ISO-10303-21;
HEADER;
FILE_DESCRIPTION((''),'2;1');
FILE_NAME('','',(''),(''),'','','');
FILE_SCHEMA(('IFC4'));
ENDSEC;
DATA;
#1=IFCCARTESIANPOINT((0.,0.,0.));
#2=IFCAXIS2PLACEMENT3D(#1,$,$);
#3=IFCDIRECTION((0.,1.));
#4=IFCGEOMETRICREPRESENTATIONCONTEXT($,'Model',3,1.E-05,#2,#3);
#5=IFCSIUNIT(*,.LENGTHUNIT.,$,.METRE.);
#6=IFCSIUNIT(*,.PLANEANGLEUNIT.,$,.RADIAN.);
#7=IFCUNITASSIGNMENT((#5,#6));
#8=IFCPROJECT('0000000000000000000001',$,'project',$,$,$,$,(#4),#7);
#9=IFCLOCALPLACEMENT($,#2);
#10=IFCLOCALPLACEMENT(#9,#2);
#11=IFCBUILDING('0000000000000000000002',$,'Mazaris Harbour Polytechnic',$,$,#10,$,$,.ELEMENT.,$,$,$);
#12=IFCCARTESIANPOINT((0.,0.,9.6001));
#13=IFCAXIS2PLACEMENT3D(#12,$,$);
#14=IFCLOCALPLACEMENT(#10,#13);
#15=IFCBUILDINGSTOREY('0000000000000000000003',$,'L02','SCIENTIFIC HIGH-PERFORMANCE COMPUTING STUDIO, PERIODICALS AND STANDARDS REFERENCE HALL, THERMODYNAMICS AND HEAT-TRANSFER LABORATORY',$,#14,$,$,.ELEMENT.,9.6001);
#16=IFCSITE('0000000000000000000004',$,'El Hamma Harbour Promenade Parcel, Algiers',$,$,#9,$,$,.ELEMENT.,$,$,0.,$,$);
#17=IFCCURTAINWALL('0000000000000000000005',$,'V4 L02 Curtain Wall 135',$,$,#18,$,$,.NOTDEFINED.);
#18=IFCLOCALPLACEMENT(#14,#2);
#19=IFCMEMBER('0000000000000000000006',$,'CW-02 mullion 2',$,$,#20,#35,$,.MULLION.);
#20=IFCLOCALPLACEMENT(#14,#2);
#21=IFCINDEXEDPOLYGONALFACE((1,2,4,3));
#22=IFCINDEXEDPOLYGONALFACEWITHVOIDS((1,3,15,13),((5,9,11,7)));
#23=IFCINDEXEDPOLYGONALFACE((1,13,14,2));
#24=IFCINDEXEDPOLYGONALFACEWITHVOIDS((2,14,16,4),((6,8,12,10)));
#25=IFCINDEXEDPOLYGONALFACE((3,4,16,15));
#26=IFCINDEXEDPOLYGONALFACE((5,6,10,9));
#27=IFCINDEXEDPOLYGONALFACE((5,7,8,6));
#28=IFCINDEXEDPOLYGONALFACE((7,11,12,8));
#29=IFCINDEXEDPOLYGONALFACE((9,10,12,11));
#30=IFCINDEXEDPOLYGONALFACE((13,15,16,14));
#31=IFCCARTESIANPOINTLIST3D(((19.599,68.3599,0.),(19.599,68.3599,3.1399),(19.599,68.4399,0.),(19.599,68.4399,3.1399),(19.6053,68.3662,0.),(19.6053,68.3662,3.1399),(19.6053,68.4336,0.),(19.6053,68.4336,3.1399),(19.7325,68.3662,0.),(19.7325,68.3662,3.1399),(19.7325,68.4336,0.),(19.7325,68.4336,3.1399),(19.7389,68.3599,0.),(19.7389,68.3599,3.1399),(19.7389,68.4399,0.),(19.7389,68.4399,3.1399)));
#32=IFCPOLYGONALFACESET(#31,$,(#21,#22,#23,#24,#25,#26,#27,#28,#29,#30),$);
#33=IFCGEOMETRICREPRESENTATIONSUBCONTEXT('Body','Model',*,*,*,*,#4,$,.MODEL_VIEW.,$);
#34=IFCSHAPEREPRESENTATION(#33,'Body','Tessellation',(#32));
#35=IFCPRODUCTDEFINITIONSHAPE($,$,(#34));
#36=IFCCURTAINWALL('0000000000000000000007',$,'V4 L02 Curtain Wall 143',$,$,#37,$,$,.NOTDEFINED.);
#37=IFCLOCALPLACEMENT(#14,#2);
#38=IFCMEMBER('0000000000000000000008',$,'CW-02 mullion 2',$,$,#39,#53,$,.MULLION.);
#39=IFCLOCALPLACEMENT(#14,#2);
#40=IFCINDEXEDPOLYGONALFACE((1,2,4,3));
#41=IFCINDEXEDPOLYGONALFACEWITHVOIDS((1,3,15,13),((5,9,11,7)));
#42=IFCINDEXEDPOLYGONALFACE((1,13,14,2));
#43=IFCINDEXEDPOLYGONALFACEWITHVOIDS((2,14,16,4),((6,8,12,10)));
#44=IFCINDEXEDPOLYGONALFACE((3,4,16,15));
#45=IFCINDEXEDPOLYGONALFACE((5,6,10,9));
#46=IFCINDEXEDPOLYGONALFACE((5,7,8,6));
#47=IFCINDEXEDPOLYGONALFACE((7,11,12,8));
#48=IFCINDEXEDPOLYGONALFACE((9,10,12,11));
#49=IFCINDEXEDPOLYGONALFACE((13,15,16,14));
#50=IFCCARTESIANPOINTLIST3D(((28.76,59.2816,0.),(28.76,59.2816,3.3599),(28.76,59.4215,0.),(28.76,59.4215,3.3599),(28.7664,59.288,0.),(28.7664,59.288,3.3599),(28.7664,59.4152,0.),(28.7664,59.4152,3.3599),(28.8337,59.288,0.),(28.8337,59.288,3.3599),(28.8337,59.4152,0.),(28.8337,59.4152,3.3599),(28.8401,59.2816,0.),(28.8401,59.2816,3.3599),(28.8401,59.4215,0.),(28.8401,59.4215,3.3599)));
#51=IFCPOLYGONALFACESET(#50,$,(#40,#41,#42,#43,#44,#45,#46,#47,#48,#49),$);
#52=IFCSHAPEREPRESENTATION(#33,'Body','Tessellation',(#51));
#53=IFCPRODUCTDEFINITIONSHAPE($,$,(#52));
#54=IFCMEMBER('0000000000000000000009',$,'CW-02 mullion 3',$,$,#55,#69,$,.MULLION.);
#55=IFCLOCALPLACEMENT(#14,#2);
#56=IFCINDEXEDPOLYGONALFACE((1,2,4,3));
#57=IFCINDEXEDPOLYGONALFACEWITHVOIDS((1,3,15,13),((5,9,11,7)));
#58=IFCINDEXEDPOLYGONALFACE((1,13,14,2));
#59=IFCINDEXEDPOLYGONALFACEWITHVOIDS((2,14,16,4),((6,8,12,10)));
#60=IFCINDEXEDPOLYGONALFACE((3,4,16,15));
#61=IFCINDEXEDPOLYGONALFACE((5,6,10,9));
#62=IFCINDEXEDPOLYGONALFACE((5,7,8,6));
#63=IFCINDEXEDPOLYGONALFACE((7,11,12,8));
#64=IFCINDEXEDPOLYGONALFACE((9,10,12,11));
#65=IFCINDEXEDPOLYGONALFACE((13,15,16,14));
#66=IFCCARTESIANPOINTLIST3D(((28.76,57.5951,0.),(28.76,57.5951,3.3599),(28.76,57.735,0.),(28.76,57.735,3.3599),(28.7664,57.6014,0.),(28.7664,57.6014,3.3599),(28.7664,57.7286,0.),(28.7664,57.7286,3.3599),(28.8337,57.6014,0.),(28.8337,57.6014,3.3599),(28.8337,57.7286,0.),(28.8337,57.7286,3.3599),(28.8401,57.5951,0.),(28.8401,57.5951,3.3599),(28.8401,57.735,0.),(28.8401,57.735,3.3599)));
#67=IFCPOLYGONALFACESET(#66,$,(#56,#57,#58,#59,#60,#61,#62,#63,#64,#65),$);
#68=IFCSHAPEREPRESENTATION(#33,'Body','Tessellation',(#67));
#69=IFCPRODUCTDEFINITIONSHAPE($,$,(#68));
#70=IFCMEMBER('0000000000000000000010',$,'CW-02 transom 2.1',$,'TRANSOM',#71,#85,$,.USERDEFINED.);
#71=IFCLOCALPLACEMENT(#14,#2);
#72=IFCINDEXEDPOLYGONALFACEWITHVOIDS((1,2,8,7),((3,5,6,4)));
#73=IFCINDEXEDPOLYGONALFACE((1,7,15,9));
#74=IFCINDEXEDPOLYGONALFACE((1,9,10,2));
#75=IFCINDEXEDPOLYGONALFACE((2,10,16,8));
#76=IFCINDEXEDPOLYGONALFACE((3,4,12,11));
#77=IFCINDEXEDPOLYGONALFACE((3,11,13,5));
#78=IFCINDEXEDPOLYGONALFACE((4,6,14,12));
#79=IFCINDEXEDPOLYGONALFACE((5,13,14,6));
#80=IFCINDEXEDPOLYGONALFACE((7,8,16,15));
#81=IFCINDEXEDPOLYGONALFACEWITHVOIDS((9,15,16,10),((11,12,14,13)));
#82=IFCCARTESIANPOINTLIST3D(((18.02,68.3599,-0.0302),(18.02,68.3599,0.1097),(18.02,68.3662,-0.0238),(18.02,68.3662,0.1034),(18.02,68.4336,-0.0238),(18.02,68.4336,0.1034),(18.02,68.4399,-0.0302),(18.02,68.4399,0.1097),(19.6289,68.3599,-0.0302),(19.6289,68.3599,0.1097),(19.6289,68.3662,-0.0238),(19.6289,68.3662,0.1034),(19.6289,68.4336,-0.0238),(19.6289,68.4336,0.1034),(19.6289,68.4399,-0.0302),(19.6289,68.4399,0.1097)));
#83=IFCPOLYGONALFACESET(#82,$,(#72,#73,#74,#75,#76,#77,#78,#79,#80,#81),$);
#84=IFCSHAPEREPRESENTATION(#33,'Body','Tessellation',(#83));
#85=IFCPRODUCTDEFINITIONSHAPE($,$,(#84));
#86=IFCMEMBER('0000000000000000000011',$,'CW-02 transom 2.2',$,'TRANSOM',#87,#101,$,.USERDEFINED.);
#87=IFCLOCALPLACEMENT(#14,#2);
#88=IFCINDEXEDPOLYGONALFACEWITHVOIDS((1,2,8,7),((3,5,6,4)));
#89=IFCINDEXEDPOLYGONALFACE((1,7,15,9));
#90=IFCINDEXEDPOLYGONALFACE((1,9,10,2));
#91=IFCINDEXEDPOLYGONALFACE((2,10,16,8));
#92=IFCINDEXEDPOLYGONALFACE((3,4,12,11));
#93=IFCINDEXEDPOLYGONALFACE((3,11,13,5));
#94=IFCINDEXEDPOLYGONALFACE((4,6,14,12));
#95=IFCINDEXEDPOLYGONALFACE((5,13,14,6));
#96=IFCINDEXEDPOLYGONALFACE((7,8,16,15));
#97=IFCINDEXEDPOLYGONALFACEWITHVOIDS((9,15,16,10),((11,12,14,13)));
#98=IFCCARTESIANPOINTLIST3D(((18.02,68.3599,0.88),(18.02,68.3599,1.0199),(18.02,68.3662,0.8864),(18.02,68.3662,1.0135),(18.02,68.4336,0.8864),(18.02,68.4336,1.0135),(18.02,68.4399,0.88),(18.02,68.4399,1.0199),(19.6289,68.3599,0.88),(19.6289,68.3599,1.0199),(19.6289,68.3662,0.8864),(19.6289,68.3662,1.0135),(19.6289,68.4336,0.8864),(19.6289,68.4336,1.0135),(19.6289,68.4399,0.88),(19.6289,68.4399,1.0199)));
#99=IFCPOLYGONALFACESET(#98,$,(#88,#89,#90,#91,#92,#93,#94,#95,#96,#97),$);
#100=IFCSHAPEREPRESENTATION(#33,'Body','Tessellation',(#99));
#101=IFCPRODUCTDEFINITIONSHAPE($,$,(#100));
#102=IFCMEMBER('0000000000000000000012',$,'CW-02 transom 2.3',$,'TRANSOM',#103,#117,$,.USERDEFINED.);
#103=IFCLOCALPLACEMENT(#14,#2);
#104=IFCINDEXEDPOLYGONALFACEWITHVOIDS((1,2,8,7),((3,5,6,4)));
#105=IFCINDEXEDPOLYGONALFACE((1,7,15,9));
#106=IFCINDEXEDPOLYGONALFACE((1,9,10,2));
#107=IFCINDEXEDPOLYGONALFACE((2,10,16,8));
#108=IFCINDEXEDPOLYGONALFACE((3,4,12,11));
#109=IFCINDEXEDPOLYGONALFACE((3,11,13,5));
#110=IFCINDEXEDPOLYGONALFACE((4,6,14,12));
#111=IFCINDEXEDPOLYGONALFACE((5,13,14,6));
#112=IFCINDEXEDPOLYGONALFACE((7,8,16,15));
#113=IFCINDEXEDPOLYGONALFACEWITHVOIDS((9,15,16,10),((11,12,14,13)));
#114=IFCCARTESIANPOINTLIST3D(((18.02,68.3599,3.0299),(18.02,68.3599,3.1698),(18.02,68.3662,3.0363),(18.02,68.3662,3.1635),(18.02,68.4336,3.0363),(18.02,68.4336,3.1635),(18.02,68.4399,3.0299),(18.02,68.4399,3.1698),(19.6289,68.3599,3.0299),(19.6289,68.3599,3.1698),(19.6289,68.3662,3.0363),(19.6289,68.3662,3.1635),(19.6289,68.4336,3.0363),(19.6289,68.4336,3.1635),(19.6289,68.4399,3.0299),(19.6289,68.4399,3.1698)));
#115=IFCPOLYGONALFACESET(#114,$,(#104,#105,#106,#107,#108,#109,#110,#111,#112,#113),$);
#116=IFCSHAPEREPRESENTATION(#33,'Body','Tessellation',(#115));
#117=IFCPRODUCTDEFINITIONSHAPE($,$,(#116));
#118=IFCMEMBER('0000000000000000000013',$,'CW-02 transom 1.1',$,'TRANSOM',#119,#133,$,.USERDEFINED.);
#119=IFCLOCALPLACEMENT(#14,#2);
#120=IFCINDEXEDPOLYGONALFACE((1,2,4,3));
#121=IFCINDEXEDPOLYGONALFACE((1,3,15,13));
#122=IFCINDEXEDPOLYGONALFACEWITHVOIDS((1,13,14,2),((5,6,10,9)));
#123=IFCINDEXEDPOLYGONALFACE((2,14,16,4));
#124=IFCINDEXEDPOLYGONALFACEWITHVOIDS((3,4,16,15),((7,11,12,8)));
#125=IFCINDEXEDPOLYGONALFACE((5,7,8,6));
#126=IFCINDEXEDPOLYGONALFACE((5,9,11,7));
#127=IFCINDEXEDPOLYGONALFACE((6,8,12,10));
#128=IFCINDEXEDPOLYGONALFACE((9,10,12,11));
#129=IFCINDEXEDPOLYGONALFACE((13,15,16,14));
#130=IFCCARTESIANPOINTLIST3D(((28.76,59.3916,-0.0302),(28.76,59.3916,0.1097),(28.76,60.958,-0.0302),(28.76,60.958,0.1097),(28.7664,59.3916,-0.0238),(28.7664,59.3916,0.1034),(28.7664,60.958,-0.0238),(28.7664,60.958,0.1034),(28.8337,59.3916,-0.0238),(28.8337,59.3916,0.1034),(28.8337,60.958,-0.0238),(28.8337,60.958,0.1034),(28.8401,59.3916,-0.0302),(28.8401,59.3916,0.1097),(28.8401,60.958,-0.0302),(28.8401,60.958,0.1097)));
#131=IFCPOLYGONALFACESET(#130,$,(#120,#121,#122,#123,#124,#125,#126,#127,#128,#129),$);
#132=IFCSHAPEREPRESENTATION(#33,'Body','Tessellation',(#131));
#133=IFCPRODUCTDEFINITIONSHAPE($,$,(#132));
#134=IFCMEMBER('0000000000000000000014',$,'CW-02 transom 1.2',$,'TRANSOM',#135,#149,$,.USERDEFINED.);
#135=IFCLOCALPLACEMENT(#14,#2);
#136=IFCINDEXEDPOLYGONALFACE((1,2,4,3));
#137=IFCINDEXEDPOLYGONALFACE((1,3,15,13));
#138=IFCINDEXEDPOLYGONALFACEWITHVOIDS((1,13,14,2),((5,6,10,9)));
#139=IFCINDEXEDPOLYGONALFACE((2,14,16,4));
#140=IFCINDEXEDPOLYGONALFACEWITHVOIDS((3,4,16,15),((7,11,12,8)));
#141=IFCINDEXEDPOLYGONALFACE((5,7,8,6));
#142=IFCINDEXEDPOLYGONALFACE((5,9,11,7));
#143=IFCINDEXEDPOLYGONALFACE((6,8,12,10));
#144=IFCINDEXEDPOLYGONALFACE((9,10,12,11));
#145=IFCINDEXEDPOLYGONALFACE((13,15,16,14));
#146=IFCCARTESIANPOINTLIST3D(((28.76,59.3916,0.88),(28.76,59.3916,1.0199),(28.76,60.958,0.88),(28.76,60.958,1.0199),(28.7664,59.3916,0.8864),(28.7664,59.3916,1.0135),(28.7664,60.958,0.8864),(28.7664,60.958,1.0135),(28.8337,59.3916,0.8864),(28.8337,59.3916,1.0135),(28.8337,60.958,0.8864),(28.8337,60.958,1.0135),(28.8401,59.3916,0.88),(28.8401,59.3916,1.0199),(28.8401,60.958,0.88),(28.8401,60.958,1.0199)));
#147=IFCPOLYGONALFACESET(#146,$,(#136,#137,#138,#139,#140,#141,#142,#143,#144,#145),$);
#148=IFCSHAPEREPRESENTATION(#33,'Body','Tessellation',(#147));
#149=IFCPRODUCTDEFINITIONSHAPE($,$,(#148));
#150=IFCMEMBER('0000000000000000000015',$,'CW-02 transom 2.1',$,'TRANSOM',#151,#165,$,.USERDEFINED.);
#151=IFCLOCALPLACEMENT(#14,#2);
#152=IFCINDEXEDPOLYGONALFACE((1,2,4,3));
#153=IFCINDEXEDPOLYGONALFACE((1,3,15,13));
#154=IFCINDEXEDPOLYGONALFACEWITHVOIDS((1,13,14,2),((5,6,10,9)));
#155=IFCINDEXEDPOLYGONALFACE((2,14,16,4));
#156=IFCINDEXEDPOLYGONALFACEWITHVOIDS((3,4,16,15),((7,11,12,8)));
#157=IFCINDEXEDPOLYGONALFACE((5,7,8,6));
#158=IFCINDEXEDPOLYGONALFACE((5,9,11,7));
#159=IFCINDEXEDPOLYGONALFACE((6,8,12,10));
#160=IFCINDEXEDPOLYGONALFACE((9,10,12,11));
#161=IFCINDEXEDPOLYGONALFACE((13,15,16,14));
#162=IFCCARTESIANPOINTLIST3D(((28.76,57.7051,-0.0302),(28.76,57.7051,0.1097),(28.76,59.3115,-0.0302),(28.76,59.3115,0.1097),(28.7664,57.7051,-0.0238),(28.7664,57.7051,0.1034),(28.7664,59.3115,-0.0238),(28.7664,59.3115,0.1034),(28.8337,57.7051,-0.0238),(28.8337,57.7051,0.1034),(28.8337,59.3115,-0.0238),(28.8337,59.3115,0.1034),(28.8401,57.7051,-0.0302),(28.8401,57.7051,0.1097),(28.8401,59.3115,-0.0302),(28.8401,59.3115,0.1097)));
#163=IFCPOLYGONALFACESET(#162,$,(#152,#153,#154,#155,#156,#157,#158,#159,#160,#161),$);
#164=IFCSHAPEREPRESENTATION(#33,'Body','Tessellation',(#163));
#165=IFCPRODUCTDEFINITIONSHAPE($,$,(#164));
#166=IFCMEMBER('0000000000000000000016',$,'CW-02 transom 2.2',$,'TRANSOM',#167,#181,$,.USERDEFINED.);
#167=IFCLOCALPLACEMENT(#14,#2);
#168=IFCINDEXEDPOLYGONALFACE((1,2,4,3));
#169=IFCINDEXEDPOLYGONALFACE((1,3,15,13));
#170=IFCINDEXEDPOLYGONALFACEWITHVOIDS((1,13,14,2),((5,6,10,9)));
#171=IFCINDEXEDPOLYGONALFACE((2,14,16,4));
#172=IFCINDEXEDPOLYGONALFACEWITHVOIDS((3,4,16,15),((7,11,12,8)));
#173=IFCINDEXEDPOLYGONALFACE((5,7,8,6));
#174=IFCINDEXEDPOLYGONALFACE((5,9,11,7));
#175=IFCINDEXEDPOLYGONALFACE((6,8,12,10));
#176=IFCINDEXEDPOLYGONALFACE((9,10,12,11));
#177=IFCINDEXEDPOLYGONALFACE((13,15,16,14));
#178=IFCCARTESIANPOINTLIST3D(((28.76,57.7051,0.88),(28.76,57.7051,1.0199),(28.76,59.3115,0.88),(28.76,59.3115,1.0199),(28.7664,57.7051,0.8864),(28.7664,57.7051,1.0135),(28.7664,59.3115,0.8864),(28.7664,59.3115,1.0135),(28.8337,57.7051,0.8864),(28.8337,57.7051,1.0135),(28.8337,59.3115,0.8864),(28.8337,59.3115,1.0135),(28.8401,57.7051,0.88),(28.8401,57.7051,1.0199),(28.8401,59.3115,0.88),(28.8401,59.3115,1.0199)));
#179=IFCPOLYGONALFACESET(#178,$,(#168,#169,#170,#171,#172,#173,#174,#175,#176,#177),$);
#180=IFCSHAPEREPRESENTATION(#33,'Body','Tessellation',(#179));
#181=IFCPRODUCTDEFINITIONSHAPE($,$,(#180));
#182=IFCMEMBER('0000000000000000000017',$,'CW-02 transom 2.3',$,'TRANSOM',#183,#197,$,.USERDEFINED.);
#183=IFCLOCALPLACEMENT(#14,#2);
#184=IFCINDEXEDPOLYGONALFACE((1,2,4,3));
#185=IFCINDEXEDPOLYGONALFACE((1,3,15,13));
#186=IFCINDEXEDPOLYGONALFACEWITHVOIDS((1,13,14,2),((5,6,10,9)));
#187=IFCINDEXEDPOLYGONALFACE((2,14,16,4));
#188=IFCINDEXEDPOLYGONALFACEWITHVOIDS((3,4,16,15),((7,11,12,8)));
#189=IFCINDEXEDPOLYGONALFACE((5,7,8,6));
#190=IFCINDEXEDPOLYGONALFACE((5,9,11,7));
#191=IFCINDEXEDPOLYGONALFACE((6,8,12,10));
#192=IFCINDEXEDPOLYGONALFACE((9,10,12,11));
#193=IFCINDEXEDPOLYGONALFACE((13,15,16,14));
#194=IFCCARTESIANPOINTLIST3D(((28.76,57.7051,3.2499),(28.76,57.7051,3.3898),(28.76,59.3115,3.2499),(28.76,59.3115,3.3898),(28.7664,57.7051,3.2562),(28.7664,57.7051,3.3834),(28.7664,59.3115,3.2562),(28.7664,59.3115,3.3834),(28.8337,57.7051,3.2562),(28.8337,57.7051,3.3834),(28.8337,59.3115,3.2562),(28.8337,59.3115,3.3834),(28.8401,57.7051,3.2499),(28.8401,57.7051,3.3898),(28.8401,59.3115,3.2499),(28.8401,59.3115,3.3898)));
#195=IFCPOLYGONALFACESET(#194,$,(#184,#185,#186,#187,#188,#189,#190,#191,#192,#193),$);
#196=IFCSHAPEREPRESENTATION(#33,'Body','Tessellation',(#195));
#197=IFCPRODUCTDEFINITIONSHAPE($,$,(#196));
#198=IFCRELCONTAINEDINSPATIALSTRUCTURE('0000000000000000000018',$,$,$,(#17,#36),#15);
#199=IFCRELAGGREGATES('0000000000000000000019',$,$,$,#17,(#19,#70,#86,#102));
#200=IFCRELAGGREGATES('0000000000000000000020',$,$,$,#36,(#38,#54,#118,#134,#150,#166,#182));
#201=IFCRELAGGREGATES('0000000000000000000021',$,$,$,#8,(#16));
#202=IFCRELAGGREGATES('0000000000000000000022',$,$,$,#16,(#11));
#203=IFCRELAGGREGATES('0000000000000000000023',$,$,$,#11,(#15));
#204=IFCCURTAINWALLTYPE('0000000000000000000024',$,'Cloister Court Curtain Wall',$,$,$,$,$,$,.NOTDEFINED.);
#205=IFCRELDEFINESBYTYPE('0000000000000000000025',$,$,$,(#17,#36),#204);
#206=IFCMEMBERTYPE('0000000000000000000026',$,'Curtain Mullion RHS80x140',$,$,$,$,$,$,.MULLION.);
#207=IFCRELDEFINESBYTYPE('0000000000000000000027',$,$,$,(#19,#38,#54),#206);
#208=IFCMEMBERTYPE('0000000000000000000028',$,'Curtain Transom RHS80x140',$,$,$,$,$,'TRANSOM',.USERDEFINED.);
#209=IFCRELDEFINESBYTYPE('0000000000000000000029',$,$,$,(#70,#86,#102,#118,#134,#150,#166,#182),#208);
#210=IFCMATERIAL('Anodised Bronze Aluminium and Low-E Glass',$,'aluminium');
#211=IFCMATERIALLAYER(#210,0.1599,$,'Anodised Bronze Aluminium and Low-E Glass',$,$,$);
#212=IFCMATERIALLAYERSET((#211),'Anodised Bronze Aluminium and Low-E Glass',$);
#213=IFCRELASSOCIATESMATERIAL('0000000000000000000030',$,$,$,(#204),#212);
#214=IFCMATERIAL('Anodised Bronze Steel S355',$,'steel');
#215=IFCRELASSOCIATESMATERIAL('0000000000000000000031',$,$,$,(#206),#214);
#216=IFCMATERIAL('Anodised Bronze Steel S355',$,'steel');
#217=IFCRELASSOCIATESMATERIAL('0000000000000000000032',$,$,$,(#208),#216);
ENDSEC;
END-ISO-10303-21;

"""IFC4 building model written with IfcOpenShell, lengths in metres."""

from ifc_helpers import new_model, si_unit, direction, frame, origin, origin_2d, place, context, subcontext, project, spatial, hollow_rectangle, extrude, material, layer, layer_set, material_profile, profile_set, type_object, element, aggregate, save


model = new_model("IFC4")

# Units and contexts
model_context = context("Model", 3, precision=1e-05, world=origin(), true_north=direction((0.0, 1.0)))
body_context = subcontext(model_context, "Body", "Model", "MODEL_VIEW")
ifc_project = project(units=[si_unit("LENGTHUNIT", "METRE"), si_unit("PLANEANGLEUNIT", "RADIAN")], contexts=[model_context])

# Site, building, storey
site_placement = place(None, origin())
site = spatial("IfcSite", under=ifc_project, at=site_placement, Name="El Hamma Harbour Promenade Parcel, Algiers", CompositionType="ELEMENT", RefElevation=0.0)
building_placement = place(site_placement, origin())
building = spatial("IfcBuilding", under=site, at=building_placement, Name="Mazaris Harbour Polytechnic", CompositionType="ELEMENT")
storey_placement = place(building_placement, frame((0.0, 0.0, 9.6001)))
storey = spatial("IfcBuildingStorey", under=building, at=storey_placement, Name="L02", Description="SCIENTIFIC HIGH-PERFORMANCE COMPUTING STUDIO, PERIODICALS AND STANDARDS REFERENCE HALL, THERMODYNAMICS AND HEAT-TRANSFER LABORATORY", CompositionType="ELEMENT", Elevation=9.6001)

# Curtain wall, member
ifc_material_1 = material(Name="Anodised Bronze Aluminium and Low-E Glass", Category="aluminium")
ifc_layer_1 = layer(ifc_material_1, 0.1599, Name="Anodised Bronze Aluminium and Low-E Glass")
ifc_layer_set_1 = layer_set([ifc_layer_1], Name="Anodised Bronze Aluminium and Low-E Glass")
curtain_wall_type = type_object("IfcCurtainWallType", Name="Cloister Court Curtain Wall", PredefinedType="NOTDEFINED", material=ifc_layer_set_1)
curtain_wall_1_placement = place(storey_placement, origin())
curtain_wall_1 = element("IfcCurtainWall", 1, at=curtain_wall_1_placement, inside=storey, type_object=curtain_wall_type, Name="V4 L02 Curtain Wall 135", PredefinedType="NOTDEFINED")
ifc_material_2 = material(Name="Anodised Bronze Steel S355", Category="steel")
ifc_material_profile_1 = material_profile(ifc_material_2, hollow_rectangle(XDim=0.0801, YDim=0.1399, WallThickness=0.0063, at=origin_2d()), Name="RHS 80x140x6.3")
ifc_profile_set_1 = profile_set([ifc_material_profile_1], Name="Anodised Bronze Steel S355")
member_type_1 = type_object("IfcMemberType", Name="Curtain Mullion RHS80x140", PredefinedType="MULLION", material=ifc_profile_set_1)
member_1_placement = place(storey_placement, frame((19.6689, 68.3999, 0.0), z_axis=(0.0, 0.0, 1.0), x_axis=(0.0, -1.0, 0.0)))
member_1 = element("IfcMember", 2, at=member_1_placement, type_object=member_type_1, Name="CW-02 mullion 2", PredefinedType="MULLION", context=body_context, shape_type="SweptSolid", body=[
    extrude(hollow_rectangle(XDim=0.0801, YDim=0.1399, WallThickness=0.0063, at=origin_2d()), origin(), (0.0, 0.0, 1.0), 3.1399),
])

# Curtain wall, members
curtain_wall_2_placement = place(storey_placement, origin())
curtain_wall_2 = element("IfcCurtainWall", 3, at=curtain_wall_2_placement, inside=storey, type_object=curtain_wall_type, Name="V4 L02 Curtain Wall 143", PredefinedType="NOTDEFINED")
member_2_placement = place(storey_placement, frame((28.8, 59.3516, 0.0), z_axis=(0.0, 0.0, 1.0), x_axis=(1.0, 0.0, 0.0)))
member_2 = element("IfcMember", 4, at=member_2_placement, type_object=member_type_1, Name="CW-02 mullion 2", PredefinedType="MULLION", context=body_context, shape_type="SweptSolid", body=[
    extrude(hollow_rectangle(XDim=0.0801, YDim=0.1399, WallThickness=0.0063, at=origin_2d()), origin(), (0.0, 0.0, 1.0), 3.3599),
])
member_3_placement = place(storey_placement, frame((28.8, 57.665, 0.0), z_axis=(0.0, 0.0, 1.0), x_axis=(1.0, 0.0, 0.0)))
member_3 = element("IfcMember", 5, at=member_3_placement, type_object=member_type_1, Name="CW-02 mullion 3", PredefinedType="MULLION", context=body_context, shape_type="SweptSolid", body=[
    extrude(hollow_rectangle(XDim=0.0801, YDim=0.1399, WallThickness=0.0063, at=origin_2d()), origin(), (0.0, 0.0, 1.0), 3.3599),
])

# Members
ifc_material_3 = material(Name="Anodised Bronze Steel S355", Category="steel")
ifc_material_profile_2 = material_profile(ifc_material_3, hollow_rectangle(XDim=0.0801, YDim=0.1399, WallThickness=0.0063, at=origin_2d()), Name="RHS 80x140x6.3")
ifc_profile_set_2 = profile_set([ifc_material_profile_2], Name="Anodised Bronze Steel S355")
member_type_2 = type_object("IfcMemberType", Name="Curtain Transom RHS80x140", ElementType="TRANSOM", PredefinedType="USERDEFINED", material=ifc_profile_set_2)
member_4_placement = place(storey_placement, frame((19.6289, 68.3999, 0.0398), z_axis=(-1.0, 0.0, 0.0), x_axis=(0.0, -1.0, 0.0)))
member_4 = element("IfcMember", 6, at=member_4_placement, type_object=member_type_2, Name="CW-02 transom 2.1", ObjectType="TRANSOM", PredefinedType="USERDEFINED", context=body_context, shape_type="SweptSolid", body=[
    extrude(hollow_rectangle(XDim=0.0801, YDim=0.1399, WallThickness=0.0063, at=origin_2d()), origin(), (0.0, 0.0, 1.0), 1.6089),
])
member_5_placement = place(storey_placement, frame((19.6289, 68.3999, 0.95), z_axis=(-1.0, 0.0, 0.0), x_axis=(0.0, -1.0, 0.0)))
member_5 = element("IfcMember", 7, at=member_5_placement, type_object=member_type_2, Name="CW-02 transom 2.2", ObjectType="TRANSOM", PredefinedType="USERDEFINED", context=body_context, shape_type="SweptSolid", body=[
    extrude(hollow_rectangle(XDim=0.0801, YDim=0.1399, WallThickness=0.0063, at=origin_2d()), origin(), (0.0, 0.0, 1.0), 1.6089),
])
member_6_placement = place(storey_placement, frame((19.6289, 68.3999, 3.0999), z_axis=(-1.0, 0.0, 0.0), x_axis=(0.0, -1.0, 0.0)))
member_6 = element("IfcMember", 8, at=member_6_placement, type_object=member_type_2, Name="CW-02 transom 2.3", ObjectType="TRANSOM", PredefinedType="USERDEFINED", context=body_context, shape_type="SweptSolid", body=[
    extrude(hollow_rectangle(XDim=0.0801, YDim=0.1399, WallThickness=0.0063, at=origin_2d()), origin(), (0.0, 0.0, 1.0), 1.6089),
])
member_7_placement = place(storey_placement, frame((28.8, 60.958, 0.0398), z_axis=(0.0, -1.0, 0.0), x_axis=(1.0, 0.0, 0.0)))
member_7 = element("IfcMember", 9, at=member_7_placement, type_object=member_type_2, Name="CW-02 transom 1.1", ObjectType="TRANSOM", PredefinedType="USERDEFINED", context=body_context, shape_type="SweptSolid", body=[
    extrude(hollow_rectangle(XDim=0.0801, YDim=0.1399, WallThickness=0.0063, at=origin_2d()), origin(), (0.0, 0.0, 1.0), 1.5664),
])
member_8_placement = place(storey_placement, frame((28.8, 60.958, 0.95), z_axis=(0.0, -1.0, 0.0), x_axis=(1.0, 0.0, 0.0)))
member_8 = element("IfcMember", 10, at=member_8_placement, type_object=member_type_2, Name="CW-02 transom 1.2", ObjectType="TRANSOM", PredefinedType="USERDEFINED", context=body_context, shape_type="SweptSolid", body=[
    extrude(hollow_rectangle(XDim=0.0801, YDim=0.1399, WallThickness=0.0063, at=origin_2d()), origin(), (0.0, 0.0, 1.0), 1.5664),
])
member_9_placement = place(storey_placement, frame((28.8, 59.3115, 0.0398), z_axis=(0.0, -1.0, 0.0), x_axis=(1.0, 0.0, 0.0)))
member_9 = element("IfcMember", 11, at=member_9_placement, type_object=member_type_2, Name="CW-02 transom 2.1", ObjectType="TRANSOM", PredefinedType="USERDEFINED", context=body_context, shape_type="SweptSolid", body=[
    extrude(hollow_rectangle(XDim=0.0801, YDim=0.1399, WallThickness=0.0063, at=origin_2d()), origin(), (0.0, 0.0, 1.0), 1.6064),
])
member_10_placement = place(storey_placement, frame((28.8, 59.3115, 0.95), z_axis=(0.0, -1.0, 0.0), x_axis=(1.0, 0.0, 0.0)))
member_10 = element("IfcMember", 12, at=member_10_placement, type_object=member_type_2, Name="CW-02 transom 2.2", ObjectType="TRANSOM", PredefinedType="USERDEFINED", context=body_context, shape_type="SweptSolid", body=[
    extrude(hollow_rectangle(XDim=0.0801, YDim=0.1399, WallThickness=0.0063, at=origin_2d()), origin(), (0.0, 0.0, 1.0), 1.6064),
])
member_11_placement = place(storey_placement, frame((28.8, 59.3115, 3.3198), z_axis=(0.0, -1.0, 0.0), x_axis=(1.0, 0.0, 0.0)))
member_11 = element("IfcMember", 13, at=member_11_placement, type_object=member_type_2, Name="CW-02 transom 2.3", ObjectType="TRANSOM", PredefinedType="USERDEFINED", context=body_context, shape_type="SweptSolid", body=[
    extrude(hollow_rectangle(XDim=0.0801, YDim=0.1399, WallThickness=0.0063, at=origin_2d()), origin(), (0.0, 0.0, 1.0), 1.6064),
])

aggregate(curtain_wall_1, [member_1, member_4, member_5, member_6])
aggregate(curtain_wall_2, [member_2, member_3, member_7, member_8, member_9, member_10, member_11])

save(model, "model.ifc")
